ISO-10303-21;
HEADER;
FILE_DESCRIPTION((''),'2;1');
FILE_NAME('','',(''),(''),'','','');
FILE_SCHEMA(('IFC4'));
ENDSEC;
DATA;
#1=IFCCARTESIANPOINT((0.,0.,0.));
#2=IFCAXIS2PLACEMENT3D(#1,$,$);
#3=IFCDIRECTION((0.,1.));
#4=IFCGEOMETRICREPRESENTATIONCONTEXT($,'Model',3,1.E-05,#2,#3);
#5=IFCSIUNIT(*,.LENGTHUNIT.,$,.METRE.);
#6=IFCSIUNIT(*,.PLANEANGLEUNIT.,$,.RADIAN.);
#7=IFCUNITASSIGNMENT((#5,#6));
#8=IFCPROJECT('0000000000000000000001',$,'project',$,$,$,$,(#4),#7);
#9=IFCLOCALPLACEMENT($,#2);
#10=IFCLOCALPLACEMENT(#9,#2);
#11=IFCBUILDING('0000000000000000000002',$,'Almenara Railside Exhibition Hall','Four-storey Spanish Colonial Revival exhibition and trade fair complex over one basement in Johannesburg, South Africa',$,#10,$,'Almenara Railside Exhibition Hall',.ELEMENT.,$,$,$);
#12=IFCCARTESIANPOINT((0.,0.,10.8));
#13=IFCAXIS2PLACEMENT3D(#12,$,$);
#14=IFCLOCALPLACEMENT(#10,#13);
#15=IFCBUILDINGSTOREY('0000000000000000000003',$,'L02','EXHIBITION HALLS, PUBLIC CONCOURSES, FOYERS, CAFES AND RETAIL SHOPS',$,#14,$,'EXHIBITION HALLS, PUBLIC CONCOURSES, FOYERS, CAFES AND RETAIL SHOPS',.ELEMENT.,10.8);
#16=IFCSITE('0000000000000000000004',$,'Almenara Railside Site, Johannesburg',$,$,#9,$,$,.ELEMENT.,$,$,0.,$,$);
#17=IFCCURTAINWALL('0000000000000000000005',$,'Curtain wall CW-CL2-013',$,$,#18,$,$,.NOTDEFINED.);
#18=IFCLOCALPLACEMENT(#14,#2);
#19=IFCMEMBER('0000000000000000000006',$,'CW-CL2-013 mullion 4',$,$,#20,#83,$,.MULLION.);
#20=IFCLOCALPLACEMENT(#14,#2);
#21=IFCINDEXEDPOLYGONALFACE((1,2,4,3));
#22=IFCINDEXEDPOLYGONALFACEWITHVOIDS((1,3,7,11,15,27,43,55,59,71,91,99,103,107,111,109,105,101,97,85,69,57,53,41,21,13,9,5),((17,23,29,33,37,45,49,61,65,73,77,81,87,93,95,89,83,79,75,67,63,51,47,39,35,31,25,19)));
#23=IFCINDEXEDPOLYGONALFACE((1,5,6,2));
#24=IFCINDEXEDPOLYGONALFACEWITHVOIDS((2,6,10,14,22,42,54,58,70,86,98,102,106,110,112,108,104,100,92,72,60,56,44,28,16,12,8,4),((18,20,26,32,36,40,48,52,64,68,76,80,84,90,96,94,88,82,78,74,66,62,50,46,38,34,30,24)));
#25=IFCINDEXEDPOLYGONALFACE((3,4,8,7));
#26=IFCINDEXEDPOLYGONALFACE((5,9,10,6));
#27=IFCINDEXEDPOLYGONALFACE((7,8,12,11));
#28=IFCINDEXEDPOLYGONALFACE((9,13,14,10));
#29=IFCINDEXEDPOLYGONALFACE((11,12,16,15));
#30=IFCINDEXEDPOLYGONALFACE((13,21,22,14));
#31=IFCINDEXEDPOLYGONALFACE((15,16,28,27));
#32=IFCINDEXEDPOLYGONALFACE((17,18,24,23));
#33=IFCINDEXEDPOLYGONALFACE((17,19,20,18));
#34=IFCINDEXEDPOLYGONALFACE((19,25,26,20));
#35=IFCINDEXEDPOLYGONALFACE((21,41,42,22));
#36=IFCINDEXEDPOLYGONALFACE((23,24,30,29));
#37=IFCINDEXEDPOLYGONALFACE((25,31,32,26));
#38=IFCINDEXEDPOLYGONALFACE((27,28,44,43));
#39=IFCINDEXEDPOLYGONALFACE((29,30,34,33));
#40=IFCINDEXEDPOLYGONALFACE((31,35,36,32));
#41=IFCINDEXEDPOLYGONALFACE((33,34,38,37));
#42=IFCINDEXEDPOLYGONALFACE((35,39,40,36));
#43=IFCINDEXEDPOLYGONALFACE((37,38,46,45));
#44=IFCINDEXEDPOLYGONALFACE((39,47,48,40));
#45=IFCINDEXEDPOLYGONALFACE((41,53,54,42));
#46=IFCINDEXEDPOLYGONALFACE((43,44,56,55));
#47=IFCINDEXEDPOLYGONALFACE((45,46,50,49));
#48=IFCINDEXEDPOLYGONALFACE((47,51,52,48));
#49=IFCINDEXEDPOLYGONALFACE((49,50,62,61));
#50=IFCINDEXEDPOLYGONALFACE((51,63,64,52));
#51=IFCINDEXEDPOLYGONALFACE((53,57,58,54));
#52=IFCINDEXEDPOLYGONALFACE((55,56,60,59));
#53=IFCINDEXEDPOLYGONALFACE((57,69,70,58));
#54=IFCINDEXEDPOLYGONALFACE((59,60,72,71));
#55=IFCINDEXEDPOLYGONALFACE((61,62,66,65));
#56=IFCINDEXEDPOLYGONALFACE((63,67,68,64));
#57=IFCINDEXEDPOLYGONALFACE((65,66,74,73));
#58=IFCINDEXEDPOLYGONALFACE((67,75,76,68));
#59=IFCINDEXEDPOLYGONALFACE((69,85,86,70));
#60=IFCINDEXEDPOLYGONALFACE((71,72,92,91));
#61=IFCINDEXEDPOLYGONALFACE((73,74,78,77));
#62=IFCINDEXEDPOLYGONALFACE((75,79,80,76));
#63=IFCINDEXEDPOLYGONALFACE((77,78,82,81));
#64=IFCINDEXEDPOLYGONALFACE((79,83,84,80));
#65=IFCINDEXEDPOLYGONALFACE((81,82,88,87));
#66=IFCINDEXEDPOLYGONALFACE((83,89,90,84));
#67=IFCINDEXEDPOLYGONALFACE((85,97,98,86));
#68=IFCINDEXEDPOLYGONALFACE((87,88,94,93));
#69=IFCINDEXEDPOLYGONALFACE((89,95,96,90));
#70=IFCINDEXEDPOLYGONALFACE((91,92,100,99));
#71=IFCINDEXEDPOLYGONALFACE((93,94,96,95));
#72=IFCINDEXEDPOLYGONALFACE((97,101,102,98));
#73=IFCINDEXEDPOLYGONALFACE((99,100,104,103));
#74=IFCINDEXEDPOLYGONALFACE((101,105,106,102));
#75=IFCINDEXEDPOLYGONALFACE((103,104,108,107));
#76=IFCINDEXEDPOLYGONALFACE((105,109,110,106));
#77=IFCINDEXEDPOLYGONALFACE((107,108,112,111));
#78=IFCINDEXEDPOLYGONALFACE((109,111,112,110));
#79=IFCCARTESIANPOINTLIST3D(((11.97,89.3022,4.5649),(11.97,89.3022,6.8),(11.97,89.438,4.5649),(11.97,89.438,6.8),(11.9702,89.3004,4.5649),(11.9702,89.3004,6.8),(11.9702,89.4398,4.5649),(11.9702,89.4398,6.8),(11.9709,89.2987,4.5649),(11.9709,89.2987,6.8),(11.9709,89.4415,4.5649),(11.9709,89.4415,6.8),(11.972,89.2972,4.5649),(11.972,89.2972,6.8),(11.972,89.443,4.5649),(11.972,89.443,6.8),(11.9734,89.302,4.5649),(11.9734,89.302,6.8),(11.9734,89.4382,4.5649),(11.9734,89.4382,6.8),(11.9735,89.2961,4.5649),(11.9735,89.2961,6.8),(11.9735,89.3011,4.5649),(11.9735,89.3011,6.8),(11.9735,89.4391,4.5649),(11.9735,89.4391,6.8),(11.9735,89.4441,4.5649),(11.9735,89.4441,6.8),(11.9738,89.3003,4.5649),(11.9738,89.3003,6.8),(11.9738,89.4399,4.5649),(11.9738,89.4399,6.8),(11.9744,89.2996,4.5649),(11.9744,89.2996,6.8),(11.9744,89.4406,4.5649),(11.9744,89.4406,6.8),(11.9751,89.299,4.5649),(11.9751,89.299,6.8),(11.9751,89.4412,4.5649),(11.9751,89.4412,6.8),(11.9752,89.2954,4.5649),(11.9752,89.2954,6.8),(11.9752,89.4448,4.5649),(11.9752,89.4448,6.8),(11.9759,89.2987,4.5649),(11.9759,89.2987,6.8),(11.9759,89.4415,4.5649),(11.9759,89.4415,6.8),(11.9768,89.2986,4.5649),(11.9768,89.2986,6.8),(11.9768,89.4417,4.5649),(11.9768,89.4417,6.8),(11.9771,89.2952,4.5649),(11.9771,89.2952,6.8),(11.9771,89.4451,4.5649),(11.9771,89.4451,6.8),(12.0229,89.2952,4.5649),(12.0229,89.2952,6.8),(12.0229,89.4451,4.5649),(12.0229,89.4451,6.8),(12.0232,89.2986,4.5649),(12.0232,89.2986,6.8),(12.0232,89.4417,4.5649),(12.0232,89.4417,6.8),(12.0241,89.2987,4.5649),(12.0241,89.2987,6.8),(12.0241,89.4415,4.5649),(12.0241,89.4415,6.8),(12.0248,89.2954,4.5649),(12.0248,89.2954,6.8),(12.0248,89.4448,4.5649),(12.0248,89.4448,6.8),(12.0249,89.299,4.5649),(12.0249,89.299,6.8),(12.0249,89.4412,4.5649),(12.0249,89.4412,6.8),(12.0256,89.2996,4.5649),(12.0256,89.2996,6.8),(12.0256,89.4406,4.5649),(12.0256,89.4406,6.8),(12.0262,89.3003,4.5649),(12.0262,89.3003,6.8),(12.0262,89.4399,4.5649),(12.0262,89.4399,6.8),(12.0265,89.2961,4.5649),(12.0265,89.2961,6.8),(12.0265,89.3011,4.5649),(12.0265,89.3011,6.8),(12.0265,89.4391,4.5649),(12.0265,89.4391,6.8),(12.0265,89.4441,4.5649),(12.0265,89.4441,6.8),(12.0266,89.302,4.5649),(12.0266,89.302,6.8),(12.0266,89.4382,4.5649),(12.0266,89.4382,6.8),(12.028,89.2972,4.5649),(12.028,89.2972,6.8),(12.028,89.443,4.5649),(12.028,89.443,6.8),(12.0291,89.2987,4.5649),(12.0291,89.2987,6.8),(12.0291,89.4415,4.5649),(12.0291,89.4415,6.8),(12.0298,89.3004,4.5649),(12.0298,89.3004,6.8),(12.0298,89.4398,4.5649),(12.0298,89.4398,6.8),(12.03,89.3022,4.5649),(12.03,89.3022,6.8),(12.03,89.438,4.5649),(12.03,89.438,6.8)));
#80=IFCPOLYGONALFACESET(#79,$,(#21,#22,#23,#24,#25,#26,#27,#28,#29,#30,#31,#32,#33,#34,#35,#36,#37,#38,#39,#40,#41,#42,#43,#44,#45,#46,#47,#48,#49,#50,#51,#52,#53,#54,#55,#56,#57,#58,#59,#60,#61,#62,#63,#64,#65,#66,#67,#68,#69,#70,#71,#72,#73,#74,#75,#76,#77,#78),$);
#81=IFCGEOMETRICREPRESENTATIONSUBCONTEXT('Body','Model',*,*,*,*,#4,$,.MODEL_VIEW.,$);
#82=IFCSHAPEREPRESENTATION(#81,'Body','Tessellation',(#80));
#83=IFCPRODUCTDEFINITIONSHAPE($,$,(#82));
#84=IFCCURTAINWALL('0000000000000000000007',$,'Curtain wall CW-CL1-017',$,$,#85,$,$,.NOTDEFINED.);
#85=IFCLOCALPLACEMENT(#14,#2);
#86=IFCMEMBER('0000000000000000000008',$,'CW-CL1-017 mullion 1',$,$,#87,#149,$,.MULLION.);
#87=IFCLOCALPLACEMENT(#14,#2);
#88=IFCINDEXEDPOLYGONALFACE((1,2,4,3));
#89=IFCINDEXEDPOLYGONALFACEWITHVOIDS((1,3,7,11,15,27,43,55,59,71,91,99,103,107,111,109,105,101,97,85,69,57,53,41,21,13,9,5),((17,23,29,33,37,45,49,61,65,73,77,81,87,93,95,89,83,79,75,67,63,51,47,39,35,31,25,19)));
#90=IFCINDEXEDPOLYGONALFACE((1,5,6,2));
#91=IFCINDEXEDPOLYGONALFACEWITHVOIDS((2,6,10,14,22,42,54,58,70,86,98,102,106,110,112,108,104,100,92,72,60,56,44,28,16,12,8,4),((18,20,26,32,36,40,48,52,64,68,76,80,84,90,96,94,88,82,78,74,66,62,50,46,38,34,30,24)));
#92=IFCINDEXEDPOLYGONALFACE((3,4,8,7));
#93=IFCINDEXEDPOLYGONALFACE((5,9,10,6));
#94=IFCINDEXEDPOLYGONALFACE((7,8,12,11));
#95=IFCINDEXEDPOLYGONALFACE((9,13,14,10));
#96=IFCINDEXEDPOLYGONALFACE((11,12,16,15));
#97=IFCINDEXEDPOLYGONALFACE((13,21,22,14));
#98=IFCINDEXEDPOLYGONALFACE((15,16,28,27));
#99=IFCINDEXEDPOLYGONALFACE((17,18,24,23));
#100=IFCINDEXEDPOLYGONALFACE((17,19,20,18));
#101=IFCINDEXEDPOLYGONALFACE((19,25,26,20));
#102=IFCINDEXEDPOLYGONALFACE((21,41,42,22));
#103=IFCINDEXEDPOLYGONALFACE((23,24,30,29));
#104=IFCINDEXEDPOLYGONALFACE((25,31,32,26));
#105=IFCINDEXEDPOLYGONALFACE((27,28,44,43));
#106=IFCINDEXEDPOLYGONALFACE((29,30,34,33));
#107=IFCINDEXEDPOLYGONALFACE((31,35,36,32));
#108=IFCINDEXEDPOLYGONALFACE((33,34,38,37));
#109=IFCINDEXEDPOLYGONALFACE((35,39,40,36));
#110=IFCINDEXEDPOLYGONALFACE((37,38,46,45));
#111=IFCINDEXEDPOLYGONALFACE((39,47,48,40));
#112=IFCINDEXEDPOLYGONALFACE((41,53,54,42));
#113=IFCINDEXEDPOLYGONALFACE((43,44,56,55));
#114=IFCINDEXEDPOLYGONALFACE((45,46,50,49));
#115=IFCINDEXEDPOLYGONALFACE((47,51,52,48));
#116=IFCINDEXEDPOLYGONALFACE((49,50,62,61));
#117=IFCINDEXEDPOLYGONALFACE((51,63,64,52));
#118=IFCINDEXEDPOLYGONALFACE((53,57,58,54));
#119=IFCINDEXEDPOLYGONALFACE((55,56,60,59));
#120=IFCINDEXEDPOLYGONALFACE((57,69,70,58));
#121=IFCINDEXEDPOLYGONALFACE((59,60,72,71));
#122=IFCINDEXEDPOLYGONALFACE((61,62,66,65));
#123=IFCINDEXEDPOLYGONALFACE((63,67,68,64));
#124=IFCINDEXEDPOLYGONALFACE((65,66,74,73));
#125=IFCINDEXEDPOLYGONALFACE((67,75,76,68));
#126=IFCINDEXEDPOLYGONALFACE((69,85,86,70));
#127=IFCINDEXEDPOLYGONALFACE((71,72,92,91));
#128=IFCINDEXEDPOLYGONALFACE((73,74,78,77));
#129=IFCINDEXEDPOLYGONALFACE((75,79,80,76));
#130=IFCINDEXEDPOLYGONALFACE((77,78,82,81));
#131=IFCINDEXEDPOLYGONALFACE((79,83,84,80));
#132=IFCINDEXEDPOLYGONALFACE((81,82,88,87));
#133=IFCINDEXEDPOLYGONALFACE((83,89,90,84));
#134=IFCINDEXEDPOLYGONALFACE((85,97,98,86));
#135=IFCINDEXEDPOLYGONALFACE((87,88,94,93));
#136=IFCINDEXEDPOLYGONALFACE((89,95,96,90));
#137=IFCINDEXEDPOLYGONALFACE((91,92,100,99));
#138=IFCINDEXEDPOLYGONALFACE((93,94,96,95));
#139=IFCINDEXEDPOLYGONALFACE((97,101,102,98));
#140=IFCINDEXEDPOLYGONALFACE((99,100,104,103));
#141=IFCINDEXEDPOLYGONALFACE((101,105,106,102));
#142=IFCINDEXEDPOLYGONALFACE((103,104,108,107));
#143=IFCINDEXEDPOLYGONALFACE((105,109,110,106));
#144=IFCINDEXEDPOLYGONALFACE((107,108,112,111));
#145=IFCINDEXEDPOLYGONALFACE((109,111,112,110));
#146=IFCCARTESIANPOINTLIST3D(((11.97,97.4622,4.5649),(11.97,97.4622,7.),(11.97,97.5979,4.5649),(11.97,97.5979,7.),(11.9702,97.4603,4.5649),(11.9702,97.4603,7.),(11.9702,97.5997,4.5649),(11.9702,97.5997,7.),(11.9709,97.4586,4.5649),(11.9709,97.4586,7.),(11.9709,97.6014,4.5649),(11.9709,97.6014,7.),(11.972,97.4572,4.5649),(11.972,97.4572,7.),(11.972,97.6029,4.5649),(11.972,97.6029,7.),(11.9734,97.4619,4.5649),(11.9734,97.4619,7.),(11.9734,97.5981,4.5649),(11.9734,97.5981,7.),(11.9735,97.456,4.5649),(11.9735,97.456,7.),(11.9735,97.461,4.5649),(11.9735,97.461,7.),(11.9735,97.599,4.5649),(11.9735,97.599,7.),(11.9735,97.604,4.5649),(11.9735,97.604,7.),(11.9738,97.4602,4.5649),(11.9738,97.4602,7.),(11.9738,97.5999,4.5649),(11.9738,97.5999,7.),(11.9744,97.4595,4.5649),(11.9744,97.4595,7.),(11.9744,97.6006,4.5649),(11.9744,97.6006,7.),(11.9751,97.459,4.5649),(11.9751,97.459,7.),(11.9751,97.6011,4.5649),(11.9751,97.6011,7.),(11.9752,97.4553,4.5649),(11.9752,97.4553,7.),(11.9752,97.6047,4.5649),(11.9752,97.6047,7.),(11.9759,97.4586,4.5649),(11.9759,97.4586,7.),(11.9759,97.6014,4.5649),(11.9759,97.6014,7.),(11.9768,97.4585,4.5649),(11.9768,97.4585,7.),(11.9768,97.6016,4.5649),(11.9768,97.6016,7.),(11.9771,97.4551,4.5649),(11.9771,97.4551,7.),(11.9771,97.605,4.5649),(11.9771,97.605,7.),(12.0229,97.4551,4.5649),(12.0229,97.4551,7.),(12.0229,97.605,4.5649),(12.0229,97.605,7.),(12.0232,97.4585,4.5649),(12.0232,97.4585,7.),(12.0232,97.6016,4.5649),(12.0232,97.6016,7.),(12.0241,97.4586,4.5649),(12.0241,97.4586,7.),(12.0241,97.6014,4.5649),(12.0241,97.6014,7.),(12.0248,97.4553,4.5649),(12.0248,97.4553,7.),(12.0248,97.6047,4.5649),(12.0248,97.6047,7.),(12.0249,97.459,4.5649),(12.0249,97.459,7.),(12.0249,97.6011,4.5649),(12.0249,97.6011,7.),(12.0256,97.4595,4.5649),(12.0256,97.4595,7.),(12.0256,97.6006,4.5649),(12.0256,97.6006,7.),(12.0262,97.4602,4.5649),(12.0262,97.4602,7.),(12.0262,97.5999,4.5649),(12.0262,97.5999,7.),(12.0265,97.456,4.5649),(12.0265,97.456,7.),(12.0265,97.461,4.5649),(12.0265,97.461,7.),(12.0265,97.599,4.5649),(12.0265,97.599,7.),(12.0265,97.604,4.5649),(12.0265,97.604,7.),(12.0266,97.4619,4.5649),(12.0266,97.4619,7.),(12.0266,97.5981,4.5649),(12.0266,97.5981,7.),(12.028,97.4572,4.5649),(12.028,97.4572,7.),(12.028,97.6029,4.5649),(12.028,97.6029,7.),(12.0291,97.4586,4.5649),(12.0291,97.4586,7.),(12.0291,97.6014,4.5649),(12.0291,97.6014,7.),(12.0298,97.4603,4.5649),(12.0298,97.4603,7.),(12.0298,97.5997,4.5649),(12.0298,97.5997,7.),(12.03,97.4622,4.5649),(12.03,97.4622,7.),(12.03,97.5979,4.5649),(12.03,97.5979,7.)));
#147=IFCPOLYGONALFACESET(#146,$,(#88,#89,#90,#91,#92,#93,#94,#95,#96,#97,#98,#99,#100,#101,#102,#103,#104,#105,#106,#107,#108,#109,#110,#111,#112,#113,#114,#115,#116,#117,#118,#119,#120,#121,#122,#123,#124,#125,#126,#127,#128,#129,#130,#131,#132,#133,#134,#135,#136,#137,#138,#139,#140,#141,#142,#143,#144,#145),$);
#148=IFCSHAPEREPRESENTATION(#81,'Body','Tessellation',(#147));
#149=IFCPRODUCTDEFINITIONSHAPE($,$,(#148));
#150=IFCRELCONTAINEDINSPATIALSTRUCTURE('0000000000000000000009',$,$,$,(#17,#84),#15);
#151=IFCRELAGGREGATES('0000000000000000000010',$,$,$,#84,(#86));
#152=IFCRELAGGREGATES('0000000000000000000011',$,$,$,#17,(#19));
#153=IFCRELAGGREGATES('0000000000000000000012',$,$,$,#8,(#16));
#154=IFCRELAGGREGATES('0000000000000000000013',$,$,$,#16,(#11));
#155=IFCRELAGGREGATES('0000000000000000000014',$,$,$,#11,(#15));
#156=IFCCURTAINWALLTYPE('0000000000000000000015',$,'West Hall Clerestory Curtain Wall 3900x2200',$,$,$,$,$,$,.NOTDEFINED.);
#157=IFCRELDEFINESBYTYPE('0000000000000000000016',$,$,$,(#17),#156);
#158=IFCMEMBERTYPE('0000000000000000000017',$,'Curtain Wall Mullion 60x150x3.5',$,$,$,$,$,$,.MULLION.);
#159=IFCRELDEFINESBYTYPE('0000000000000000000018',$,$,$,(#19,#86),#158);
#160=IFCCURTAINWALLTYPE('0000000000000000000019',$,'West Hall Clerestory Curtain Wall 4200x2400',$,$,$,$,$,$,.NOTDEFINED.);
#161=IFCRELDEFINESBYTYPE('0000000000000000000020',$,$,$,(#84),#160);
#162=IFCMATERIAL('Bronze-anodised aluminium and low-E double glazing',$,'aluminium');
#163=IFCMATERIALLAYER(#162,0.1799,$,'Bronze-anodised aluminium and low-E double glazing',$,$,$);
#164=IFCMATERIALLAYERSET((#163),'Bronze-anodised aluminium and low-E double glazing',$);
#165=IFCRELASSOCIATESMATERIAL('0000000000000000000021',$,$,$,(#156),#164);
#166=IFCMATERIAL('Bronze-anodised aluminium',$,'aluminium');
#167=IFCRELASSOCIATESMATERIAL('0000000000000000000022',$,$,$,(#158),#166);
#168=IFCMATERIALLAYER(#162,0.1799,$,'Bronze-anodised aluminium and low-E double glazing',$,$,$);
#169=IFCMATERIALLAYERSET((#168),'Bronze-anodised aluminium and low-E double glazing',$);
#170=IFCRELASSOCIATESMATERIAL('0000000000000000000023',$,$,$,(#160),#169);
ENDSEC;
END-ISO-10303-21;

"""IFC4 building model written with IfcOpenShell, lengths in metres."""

from ifc_helpers import new_model, si_unit, direction, frame, origin, origin_2d, place, context, subcontext, project, spatial, hollow_rectangle, extrude, material, layer, layer_set, material_profile, profile_set, type_object, element, aggregate, save


model = new_model("IFC4")

# Units and contexts
model_context = context("Model", 3, precision=1e-05, world=origin(), true_north=direction((0.0, 1.0)))
body_context = subcontext(model_context, "Body", "Model", "MODEL_VIEW")
ifc_project = project(units=[si_unit("LENGTHUNIT", "METRE"), si_unit("PLANEANGLEUNIT", "RADIAN")], contexts=[model_context])

# Site, building, storey
site_placement = place(None, origin())
site = spatial("IfcSite", under=ifc_project, at=site_placement, Name="Almenara Railside Site, Johannesburg", CompositionType="ELEMENT", RefElevation=0.0)
building_placement = place(site_placement, origin())
building = spatial("IfcBuilding", under=site, at=building_placement, Name="Almenara Railside Exhibition Hall", Description="Four-storey Spanish Colonial Revival exhibition and trade fair complex over one basement in Johannesburg, South Africa", LongName="Almenara Railside Exhibition Hall", CompositionType="ELEMENT")
storey_placement = place(building_placement, frame((0.0, 0.0, 10.8)))
storey = spatial("IfcBuildingStorey", under=building, at=storey_placement, Name="L02", Description="EXHIBITION HALLS, PUBLIC CONCOURSES, FOYERS, CAFES AND RETAIL SHOPS", LongName="EXHIBITION HALLS, PUBLIC CONCOURSES, FOYERS, CAFES AND RETAIL SHOPS", CompositionType="ELEMENT", Elevation=10.8)

# Curtain wall, member
ifc_material_1 = material(Name="Bronze-anodised aluminium and low-E double glazing", Category="aluminium")
ifc_layer_1 = layer(ifc_material_1, 0.1799, Name="Bronze-anodised aluminium and low-E double glazing")
ifc_layer_set_1 = layer_set([ifc_layer_1], Name="Bronze-anodised aluminium and low-E double glazing")
curtain_wall_type_1 = type_object("IfcCurtainWallType", Name="West Hall Clerestory Curtain Wall 3900x2200", PredefinedType="NOTDEFINED", material=ifc_layer_set_1)
ifc_material_2 = material(Name="Bronze-anodised aluminium", Category="aluminium")
curtain_wall_1_placement = place(storey_placement, origin())
curtain_wall_1 = element("IfcCurtainWall", 1, at=curtain_wall_1_placement, inside=storey, type_object=curtain_wall_type_1, Name="Curtain wall CW-CL2-013", PredefinedType="NOTDEFINED")
ifc_material_profile_1 = material_profile(ifc_material_2, hollow_rectangle(XDim=0.0601, YDim=0.1499, WallThickness=0.0034, InnerFilletRadius=0.0034, OuterFilletRadius=0.0071, at=origin_2d()), Name="ALU-MUL 60x150x3.5")
ifc_profile_set_1 = profile_set([ifc_material_profile_1], Name="Bronze-anodised aluminium")
member_type_1 = type_object("IfcMemberType", Name="Curtain Wall Mullion 60x150x3.5", PredefinedType="MULLION", material=ifc_profile_set_1)
member_1_placement = place(storey_placement, frame((12.0, 89.3701, 4.5649), z_axis=(0.0, 0.0, 1.0), x_axis=(-1.0, 0.0, 0.0)))
member_1 = element("IfcMember", 2, at=member_1_placement, type_object=member_type_1, Name="CW-CL2-013 mullion 4", PredefinedType="MULLION", context=body_context, shape_type="SweptSolid", body=[
    extrude(hollow_rectangle(XDim=0.0601, YDim=0.1499, WallThickness=0.0034, InnerFilletRadius=0.0034, OuterFilletRadius=0.0071, at=origin_2d()), origin(), (0.0, 0.0, 1.0), 2.2351),
])

# Curtain wall, member
ifc_layer_2 = layer(ifc_material_1, 0.1799, Name="Bronze-anodised aluminium and low-E double glazing")
ifc_layer_set_2 = layer_set([ifc_layer_2], Name="Bronze-anodised aluminium and low-E double glazing")
curtain_wall_type_2 = type_object("IfcCurtainWallType", Name="West Hall Clerestory Curtain Wall 4200x2400", PredefinedType="NOTDEFINED", material=ifc_layer_set_2)
curtain_wall_2_placement = place(storey_placement, origin())
curtain_wall_2 = element("IfcCurtainWall", 3, at=curtain_wall_2_placement, inside=storey, type_object=curtain_wall_type_2, Name="Curtain wall CW-CL1-017", PredefinedType="NOTDEFINED")
member_2_placement = place(storey_placement, frame((12.0, 97.53, 4.5649), z_axis=(0.0, 0.0, 1.0), x_axis=(-1.0, 0.0, 0.0)))
member_2 = element("IfcMember", 4, at=member_2_placement, type_object=member_type_1, Name="CW-CL1-017 mullion 1", PredefinedType="MULLION", context=body_context, shape_type="SweptSolid", body=[
    extrude(hollow_rectangle(XDim=0.0601, YDim=0.1499, WallThickness=0.0034, InnerFilletRadius=0.0034, OuterFilletRadius=0.0071, at=origin_2d()), origin(), (0.0, 0.0, 1.0), 2.4351),
])
aggregate(curtain_wall_2, [member_2])

aggregate(curtain_wall_1, [member_1])

save(model, "model.ifc")
